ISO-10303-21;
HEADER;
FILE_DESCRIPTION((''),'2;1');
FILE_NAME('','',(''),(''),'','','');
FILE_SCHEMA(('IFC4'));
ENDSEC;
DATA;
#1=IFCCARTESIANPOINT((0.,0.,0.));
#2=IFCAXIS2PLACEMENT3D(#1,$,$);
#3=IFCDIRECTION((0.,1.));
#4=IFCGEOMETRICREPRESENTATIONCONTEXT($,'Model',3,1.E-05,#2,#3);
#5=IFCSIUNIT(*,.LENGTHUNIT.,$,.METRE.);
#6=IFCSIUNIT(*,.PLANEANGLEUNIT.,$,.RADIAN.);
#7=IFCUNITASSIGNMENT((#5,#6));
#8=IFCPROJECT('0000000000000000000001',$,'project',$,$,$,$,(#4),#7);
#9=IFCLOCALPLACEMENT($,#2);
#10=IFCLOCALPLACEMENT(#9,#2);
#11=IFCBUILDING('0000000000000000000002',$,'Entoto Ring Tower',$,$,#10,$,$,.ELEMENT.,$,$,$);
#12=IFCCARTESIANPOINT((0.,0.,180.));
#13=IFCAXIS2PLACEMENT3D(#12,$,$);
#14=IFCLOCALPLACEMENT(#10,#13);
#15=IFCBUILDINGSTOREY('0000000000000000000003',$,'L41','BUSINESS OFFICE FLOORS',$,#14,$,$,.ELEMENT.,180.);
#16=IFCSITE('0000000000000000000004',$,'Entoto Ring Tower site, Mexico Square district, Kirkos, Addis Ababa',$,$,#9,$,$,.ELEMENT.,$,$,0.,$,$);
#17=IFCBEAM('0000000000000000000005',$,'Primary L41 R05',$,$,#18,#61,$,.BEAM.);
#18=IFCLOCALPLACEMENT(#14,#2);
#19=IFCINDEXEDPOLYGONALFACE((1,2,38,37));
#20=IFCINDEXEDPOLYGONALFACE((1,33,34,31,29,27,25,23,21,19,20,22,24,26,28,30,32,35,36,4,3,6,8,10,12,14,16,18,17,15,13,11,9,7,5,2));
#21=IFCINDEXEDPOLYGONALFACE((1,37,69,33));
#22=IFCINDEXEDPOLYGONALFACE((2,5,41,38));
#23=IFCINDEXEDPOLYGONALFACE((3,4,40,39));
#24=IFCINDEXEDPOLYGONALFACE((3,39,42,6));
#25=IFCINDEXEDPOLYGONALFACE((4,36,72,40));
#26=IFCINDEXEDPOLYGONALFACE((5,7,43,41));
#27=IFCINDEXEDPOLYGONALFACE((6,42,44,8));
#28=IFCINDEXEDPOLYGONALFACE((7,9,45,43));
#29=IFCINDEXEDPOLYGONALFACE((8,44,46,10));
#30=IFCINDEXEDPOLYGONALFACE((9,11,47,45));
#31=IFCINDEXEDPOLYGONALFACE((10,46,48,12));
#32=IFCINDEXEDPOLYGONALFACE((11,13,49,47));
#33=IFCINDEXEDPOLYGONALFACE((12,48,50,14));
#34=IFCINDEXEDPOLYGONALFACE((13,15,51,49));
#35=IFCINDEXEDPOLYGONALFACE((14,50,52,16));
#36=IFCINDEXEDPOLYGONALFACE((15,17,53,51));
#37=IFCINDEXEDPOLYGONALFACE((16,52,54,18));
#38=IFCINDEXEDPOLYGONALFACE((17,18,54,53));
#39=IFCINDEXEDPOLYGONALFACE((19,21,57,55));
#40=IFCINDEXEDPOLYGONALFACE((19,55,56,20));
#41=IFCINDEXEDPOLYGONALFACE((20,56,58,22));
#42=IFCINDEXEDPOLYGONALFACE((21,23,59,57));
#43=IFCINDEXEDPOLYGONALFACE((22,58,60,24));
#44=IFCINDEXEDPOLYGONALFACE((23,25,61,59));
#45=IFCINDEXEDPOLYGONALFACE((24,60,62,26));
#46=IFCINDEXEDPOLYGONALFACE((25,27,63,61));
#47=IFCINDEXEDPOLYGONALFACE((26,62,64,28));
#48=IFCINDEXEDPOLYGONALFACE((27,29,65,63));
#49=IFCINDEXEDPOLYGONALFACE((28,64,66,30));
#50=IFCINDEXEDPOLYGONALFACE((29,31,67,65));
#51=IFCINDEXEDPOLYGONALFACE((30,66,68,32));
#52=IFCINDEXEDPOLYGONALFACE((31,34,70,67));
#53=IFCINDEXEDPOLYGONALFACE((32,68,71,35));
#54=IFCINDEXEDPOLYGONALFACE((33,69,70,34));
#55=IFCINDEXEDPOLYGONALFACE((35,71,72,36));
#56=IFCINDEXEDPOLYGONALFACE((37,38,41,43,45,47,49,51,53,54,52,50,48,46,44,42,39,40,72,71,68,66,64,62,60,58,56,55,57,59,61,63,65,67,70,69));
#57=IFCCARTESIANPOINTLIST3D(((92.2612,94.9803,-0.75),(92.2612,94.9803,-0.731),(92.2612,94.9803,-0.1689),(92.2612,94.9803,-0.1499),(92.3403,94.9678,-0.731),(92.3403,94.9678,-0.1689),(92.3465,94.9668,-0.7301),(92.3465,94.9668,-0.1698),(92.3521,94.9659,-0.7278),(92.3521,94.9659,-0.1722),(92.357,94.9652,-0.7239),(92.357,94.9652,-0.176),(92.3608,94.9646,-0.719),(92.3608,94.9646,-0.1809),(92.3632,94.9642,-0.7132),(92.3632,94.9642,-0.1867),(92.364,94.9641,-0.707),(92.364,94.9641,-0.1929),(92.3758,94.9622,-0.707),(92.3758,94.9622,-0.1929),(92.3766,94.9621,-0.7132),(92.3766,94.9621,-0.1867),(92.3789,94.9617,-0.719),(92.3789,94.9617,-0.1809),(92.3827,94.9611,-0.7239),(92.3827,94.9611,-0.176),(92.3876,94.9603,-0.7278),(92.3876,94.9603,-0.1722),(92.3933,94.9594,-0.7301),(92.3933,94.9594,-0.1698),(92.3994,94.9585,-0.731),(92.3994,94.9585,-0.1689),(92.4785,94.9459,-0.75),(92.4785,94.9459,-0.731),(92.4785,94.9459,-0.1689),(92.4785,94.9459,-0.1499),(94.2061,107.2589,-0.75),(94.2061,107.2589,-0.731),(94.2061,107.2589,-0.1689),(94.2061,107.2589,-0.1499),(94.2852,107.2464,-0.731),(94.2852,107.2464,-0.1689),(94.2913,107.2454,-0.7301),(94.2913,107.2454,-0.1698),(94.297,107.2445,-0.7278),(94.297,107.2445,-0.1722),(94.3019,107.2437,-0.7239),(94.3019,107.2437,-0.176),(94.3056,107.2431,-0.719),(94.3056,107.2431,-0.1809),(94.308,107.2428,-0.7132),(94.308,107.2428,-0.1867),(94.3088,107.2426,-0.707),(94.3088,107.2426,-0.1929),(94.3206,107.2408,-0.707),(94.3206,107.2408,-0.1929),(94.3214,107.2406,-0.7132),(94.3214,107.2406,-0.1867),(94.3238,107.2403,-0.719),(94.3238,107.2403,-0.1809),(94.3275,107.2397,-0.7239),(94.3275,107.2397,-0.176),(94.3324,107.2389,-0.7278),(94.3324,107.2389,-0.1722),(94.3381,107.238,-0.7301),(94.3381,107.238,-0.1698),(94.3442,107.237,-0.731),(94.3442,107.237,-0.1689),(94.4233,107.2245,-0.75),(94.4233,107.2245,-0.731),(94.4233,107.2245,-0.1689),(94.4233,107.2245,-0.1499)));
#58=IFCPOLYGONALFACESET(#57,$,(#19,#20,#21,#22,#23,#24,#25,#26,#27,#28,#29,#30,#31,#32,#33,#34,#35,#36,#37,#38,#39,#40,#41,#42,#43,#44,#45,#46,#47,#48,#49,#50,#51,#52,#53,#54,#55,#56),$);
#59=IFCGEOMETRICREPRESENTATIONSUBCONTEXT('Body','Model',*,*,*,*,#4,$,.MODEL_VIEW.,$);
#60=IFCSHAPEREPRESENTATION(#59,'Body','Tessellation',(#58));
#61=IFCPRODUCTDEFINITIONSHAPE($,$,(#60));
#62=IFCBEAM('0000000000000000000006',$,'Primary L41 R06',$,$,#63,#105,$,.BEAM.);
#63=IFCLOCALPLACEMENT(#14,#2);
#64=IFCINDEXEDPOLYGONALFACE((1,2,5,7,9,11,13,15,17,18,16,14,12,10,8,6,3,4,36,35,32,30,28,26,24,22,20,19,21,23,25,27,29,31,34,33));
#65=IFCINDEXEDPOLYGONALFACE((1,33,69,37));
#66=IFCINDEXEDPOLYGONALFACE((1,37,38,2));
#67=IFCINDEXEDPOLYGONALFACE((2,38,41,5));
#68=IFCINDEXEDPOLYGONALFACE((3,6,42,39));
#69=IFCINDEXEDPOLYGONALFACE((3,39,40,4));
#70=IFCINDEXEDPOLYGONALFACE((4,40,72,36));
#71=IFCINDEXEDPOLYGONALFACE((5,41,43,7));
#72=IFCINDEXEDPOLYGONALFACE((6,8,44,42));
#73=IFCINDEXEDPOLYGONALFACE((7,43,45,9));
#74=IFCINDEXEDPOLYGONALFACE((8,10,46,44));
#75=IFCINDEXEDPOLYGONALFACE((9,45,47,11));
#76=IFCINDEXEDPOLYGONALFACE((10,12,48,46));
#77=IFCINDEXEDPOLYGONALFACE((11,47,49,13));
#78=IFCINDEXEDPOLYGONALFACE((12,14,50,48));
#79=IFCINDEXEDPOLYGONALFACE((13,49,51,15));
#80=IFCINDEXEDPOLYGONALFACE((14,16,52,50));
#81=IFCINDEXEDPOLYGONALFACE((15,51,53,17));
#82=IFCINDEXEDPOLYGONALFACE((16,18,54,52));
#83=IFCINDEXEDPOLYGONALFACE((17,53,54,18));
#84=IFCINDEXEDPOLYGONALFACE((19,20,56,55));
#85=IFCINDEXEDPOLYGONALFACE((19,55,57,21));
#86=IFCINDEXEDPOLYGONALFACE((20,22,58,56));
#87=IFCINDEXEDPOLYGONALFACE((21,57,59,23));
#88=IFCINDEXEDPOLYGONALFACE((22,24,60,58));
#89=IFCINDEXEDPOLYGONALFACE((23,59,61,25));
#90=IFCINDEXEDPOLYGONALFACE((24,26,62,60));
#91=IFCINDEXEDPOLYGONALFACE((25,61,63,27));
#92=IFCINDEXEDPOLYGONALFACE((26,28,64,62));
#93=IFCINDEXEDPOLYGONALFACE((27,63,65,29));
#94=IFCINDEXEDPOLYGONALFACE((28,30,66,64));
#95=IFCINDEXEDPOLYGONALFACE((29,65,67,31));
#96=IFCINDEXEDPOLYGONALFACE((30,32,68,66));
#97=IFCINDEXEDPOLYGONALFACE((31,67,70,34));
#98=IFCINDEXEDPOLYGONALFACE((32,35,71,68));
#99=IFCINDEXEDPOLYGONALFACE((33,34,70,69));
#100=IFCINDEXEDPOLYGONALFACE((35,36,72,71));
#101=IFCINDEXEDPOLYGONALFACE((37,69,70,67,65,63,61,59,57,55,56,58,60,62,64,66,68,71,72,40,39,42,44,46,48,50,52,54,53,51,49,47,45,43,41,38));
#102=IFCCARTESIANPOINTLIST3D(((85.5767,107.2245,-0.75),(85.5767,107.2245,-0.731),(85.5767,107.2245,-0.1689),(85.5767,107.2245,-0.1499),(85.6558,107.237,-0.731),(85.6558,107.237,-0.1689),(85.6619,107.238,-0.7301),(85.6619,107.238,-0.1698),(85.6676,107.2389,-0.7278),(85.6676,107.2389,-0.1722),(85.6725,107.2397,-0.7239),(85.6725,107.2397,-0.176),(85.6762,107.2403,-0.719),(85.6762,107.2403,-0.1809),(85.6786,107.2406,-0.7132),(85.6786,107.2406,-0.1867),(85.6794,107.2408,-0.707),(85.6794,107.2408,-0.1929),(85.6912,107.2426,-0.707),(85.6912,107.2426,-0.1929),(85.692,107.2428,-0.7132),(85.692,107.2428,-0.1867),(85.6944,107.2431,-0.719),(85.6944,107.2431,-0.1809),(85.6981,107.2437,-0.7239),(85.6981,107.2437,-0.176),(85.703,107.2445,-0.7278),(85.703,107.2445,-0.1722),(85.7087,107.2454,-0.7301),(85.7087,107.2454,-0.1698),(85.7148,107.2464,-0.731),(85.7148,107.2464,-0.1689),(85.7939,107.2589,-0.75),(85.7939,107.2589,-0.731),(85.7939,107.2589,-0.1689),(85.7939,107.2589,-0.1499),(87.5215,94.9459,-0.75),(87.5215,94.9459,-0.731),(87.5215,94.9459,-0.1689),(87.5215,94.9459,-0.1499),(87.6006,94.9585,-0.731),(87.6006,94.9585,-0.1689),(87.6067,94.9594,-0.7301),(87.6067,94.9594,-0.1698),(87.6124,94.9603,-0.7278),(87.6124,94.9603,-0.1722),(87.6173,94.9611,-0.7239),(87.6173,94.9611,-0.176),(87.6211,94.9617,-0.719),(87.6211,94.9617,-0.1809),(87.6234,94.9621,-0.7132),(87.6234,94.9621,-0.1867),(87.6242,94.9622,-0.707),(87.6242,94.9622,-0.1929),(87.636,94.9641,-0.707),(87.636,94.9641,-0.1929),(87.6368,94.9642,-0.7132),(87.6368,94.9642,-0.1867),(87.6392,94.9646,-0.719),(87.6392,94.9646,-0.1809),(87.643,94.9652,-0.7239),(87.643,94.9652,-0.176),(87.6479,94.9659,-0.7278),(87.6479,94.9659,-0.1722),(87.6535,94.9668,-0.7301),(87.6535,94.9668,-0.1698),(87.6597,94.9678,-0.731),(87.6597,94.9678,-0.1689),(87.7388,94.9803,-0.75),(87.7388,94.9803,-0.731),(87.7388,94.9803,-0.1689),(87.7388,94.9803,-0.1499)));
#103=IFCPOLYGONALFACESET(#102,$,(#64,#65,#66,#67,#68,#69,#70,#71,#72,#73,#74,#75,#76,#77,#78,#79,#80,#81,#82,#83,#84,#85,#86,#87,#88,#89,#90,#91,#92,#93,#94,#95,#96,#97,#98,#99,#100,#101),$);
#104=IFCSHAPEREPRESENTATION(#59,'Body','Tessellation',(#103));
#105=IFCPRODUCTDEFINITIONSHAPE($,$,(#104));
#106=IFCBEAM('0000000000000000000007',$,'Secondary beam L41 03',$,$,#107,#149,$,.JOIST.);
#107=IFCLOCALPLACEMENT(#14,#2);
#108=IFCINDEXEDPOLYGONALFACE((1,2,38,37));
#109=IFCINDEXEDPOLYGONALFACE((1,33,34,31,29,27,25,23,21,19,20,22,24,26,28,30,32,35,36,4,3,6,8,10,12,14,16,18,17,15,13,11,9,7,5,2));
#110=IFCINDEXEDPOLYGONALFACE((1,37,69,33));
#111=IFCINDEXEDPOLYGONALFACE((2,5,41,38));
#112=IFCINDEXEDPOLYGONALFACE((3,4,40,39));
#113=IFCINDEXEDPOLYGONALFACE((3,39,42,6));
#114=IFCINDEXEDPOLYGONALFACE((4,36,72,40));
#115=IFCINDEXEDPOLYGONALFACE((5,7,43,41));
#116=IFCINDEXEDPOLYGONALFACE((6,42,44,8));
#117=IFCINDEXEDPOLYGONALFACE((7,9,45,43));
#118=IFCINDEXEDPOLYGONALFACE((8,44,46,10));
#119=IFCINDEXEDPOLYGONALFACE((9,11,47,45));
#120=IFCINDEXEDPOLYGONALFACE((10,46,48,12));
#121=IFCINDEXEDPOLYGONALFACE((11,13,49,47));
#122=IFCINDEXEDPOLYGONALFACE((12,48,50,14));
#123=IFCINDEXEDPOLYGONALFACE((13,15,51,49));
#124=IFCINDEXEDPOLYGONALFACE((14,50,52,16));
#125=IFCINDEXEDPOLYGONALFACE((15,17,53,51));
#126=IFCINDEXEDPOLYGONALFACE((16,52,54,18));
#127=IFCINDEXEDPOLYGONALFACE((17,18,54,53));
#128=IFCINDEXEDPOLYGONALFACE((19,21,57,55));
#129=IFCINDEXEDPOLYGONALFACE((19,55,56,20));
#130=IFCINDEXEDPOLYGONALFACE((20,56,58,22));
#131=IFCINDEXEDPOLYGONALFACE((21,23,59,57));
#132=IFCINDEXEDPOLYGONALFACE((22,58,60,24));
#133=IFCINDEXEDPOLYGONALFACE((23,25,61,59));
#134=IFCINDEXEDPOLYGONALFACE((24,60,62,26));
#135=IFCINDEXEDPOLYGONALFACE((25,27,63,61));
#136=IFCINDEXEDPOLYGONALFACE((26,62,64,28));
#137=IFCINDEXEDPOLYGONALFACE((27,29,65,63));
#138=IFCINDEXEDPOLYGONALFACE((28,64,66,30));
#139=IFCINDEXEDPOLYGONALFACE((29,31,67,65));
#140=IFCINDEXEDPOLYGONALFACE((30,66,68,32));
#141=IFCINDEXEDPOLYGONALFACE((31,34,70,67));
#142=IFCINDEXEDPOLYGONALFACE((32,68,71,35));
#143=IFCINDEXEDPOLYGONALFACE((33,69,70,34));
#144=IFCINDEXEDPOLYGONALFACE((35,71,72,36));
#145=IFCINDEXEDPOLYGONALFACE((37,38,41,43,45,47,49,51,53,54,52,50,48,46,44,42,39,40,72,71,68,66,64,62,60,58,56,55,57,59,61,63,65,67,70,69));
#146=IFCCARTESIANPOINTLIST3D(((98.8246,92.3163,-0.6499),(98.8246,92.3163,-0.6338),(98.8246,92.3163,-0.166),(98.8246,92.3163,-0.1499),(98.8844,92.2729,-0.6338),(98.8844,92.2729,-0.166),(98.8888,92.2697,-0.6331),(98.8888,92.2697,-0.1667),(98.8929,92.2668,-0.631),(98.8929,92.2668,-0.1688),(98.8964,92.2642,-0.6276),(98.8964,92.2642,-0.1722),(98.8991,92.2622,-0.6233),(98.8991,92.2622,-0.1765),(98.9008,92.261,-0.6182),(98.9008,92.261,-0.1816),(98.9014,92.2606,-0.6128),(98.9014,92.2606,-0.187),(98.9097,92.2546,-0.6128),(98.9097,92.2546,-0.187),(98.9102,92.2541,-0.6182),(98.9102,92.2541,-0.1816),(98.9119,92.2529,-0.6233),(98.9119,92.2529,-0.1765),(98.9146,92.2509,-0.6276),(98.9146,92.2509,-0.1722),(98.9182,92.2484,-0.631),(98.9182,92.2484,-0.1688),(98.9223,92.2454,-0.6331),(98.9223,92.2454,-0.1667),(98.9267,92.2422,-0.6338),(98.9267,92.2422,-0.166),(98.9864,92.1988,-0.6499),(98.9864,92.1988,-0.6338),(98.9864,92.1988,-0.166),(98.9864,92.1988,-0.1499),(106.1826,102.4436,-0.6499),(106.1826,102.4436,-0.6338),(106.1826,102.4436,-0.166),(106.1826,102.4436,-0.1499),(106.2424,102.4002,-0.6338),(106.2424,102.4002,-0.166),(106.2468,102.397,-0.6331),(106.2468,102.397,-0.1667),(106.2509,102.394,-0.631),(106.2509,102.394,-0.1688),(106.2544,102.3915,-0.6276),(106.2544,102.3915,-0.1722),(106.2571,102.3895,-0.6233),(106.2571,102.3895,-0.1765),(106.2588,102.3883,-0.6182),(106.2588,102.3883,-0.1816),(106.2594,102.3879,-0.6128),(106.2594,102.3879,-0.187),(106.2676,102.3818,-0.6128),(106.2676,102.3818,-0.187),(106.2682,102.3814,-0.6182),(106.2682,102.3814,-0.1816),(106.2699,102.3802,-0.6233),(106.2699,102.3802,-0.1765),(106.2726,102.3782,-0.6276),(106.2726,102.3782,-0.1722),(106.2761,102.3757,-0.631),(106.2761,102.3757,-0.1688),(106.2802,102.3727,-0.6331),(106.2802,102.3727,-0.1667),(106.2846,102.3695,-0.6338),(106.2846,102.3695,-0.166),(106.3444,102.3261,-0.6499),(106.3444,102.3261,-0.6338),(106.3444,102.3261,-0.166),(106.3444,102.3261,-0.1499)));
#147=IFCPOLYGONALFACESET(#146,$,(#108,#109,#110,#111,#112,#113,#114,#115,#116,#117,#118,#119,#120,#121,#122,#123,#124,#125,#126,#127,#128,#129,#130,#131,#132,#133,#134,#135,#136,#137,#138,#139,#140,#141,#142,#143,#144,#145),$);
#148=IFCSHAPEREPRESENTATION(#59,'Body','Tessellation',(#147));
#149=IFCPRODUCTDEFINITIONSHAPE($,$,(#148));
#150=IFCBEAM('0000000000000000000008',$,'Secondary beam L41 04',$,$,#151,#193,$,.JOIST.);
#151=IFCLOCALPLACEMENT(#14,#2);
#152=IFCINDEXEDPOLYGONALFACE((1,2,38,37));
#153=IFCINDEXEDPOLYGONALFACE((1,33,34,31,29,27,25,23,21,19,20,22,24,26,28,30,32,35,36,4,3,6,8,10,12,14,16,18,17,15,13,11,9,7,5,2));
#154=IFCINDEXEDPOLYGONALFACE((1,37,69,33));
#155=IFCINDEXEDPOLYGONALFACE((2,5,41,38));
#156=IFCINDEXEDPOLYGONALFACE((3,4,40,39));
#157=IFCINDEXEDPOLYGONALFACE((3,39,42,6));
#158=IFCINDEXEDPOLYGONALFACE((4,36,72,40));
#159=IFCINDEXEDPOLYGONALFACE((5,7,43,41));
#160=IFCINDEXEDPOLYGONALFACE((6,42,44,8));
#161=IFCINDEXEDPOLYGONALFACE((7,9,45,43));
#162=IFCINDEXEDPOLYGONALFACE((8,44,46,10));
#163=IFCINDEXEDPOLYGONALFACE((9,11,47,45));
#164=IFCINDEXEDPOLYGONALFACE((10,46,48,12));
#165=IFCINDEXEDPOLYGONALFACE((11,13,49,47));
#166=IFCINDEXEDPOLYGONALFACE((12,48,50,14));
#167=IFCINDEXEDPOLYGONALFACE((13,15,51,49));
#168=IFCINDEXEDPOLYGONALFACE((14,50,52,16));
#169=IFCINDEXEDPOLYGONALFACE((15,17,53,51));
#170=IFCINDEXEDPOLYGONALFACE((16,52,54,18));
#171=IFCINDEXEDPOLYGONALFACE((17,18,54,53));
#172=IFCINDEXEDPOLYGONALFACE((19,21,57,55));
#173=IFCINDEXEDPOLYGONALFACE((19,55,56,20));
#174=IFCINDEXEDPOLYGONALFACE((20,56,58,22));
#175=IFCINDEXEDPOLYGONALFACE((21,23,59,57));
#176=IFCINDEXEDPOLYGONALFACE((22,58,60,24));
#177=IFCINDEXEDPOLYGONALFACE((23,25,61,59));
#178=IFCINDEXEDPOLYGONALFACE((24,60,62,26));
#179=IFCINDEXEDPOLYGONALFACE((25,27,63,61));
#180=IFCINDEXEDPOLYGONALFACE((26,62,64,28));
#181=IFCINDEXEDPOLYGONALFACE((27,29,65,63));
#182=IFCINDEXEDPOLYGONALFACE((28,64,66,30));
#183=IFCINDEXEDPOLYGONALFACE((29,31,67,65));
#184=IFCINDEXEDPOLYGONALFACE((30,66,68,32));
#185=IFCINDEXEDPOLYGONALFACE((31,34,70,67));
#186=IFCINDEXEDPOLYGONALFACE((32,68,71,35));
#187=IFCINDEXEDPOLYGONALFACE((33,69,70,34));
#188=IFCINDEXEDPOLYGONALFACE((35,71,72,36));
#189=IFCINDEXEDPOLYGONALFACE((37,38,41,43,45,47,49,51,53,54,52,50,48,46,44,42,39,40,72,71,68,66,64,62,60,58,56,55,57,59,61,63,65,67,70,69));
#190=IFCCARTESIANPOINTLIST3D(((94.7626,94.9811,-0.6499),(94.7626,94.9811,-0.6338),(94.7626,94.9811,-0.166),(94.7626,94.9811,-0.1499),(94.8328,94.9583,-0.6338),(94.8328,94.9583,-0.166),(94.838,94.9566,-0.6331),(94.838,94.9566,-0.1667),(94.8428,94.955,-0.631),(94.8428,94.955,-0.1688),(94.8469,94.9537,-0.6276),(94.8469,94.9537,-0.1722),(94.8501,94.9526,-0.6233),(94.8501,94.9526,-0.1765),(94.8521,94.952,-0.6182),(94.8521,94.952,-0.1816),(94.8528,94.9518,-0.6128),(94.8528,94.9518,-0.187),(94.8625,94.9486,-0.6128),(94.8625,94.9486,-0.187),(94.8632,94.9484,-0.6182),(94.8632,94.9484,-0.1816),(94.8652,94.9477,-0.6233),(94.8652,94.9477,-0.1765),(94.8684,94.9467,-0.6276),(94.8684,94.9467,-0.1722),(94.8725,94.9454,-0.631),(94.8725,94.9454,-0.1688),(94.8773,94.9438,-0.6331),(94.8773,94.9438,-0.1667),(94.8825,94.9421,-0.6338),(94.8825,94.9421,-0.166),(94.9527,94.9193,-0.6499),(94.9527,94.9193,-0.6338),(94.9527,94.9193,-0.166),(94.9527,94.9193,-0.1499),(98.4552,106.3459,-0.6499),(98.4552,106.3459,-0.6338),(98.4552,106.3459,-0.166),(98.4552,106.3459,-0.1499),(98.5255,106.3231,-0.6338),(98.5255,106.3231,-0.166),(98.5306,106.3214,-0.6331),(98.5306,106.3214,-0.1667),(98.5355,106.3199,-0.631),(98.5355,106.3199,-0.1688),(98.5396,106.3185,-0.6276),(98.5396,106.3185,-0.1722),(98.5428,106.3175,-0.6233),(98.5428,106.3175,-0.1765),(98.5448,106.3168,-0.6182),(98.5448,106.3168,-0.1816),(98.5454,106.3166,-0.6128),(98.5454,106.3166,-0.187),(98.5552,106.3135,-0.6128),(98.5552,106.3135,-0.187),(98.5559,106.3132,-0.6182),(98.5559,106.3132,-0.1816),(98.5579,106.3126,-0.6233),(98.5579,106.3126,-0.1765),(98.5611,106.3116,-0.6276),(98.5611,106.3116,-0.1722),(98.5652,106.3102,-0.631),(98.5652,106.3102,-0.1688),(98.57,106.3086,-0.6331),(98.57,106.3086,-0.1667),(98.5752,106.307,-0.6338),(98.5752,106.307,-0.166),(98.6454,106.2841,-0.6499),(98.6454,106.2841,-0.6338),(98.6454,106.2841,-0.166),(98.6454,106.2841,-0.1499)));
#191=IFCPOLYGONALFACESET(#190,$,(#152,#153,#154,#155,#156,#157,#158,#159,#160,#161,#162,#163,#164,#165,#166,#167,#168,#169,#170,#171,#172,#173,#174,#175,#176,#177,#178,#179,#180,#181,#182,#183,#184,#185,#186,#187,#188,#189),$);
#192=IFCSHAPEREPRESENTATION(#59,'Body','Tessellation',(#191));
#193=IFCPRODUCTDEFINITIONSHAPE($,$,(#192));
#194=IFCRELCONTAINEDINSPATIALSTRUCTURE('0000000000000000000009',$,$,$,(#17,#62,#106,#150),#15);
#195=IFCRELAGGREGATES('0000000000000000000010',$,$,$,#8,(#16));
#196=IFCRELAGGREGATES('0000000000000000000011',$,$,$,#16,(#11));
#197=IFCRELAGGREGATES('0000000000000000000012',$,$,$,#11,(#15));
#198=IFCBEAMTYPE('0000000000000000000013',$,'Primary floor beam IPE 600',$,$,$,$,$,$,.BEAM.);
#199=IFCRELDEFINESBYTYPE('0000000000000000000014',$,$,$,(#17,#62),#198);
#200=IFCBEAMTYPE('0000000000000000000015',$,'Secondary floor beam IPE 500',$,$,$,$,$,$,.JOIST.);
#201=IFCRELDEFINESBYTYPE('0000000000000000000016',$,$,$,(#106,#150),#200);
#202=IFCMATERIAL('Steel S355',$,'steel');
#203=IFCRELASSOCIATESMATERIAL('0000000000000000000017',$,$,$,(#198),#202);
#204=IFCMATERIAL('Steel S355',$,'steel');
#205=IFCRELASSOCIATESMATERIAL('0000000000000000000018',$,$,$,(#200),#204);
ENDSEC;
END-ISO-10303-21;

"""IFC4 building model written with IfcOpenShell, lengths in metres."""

from ifc_helpers import new_model, si_unit, direction, frame, origin, origin_2d, place, context, subcontext, project, spatial, i_section, extrude, material, material_profile, profile_set, type_object, element, save


model = new_model("IFC4")

# Units and contexts
model_context = context("Model", 3, precision=1e-05, world=origin(), true_north=direction((0.0, 1.0)))
body_context = subcontext(model_context, "Body", "Model", "MODEL_VIEW")
ifc_project = project(units=[si_unit("LENGTHUNIT", "METRE"), si_unit("PLANEANGLEUNIT", "RADIAN")], contexts=[model_context])

# Site, building, storey
site_placement = place(None, origin())
site = spatial("IfcSite", under=ifc_project, at=site_placement, Name="Entoto Ring Tower site, Mexico Square district, Kirkos, Addis Ababa", CompositionType="ELEMENT", RefElevation=0.0)
building_placement = place(site_placement, origin())
building = spatial("IfcBuilding", under=site, at=building_placement, Name="Entoto Ring Tower", CompositionType="ELEMENT")
storey_placement = place(building_placement, frame((0.0, 0.0, 180.0)))
storey = spatial("IfcBuildingStorey", under=building, at=storey_placement, Name="L41", Description="BUSINESS OFFICE FLOORS", CompositionType="ELEMENT", Elevation=180.0)

# Beams
ifc_material_1 = material(Name="Steel S355", Category="steel")
ifc_material_profile_1 = material_profile(ifc_material_1, i_section(OverallWidth=0.22, OverallDepth=0.6001, WebThickness=0.012, FlangeThickness=0.019, FilletRadius=0.0239, at=origin_2d()), Name="IPE 600")
ifc_profile_set_1 = profile_set([ifc_material_profile_1], Name="Steel S355")
beam_type_1 = type_object("IfcBeamType", Name="Primary floor beam IPE 600", PredefinedType="BEAM", material=ifc_profile_set_1)
for number, where, z_axis, x_axis, name in (
    (1, (92.3699, 94.9631, -0.45), (0.156442, 0.987687, 0.0), (-0.987687, 0.156442, 0.0), "Primary L41 R05"),
    (2, (87.6301, 94.9631, -0.45), (-0.156442, 0.987687, 0.0), (-0.987687, -0.156442, 0.0), "Primary L41 R06"),
):
    element("IfcBeam", number, at=place(storey_placement, frame(where, z_axis=z_axis, x_axis=x_axis)), inside=storey, type_object=beam_type_1, Name=name, PredefinedType="BEAM", context=body_context, shape_type="SweptSolid", body=[
        extrude(i_section(OverallWidth=0.22, OverallDepth=0.6001, WebThickness=0.012, FlangeThickness=0.019, FilletRadius=0.0239, at=origin_2d()), origin(), (0.0, 0.0, 1.0), 12.4316),
    ])
ifc_material_2 = material(Name="Steel S355", Category="steel")
ifc_material_profile_2 = material_profile(ifc_material_2, i_section(OverallWidth=0.2, OverallDepth=0.5, WebThickness=0.0103, FlangeThickness=0.0161, FilletRadius=0.021, at=origin_2d()), Name="IPE 500")
ifc_profile_set_2 = profile_set([ifc_material_profile_2], Name="Steel S355")
beam_type_2 = type_object("IfcBeamType", Name="Secondary floor beam IPE 500", PredefinedType="JOIST", material=ifc_profile_set_2)
beam_1_placement = place(storey_placement, frame((98.9055, 92.2576, -0.3999), z_axis=(0.587789, 0.809014, 0.0), x_axis=(-0.809014, 0.587789, 0.0)))
element("IfcBeam", 3, at=beam_1_placement, inside=storey, type_object=beam_type_2, Name="Secondary beam L41 03", PredefinedType="JOIST", context=body_context, shape_type="SweptSolid", body=[
    extrude(i_section(OverallWidth=0.2, OverallDepth=0.5, WebThickness=0.0103, FlangeThickness=0.0161, FilletRadius=0.021, at=origin_2d()), origin(), (0.0, 0.0, 1.0), 12.5181),
])
beam_2_placement = place(storey_placement, frame((94.8577, 94.9502, -0.3999), z_axis=(0.309017, 0.951057, 0.0), x_axis=(-0.951057, 0.309017, 0.0)))
element("IfcBeam", 4, at=beam_2_placement, inside=storey, type_object=beam_type_2, Name="Secondary beam L41 04", PredefinedType="JOIST", context=body_context, shape_type="SweptSolid", body=[
    extrude(i_section(OverallWidth=0.2, OverallDepth=0.5, WebThickness=0.0103, FlangeThickness=0.0161, FilletRadius=0.021, at=origin_2d()), origin(), (0.0, 0.0, 1.0), 11.9497),
])

save(model, "model.ifc")
